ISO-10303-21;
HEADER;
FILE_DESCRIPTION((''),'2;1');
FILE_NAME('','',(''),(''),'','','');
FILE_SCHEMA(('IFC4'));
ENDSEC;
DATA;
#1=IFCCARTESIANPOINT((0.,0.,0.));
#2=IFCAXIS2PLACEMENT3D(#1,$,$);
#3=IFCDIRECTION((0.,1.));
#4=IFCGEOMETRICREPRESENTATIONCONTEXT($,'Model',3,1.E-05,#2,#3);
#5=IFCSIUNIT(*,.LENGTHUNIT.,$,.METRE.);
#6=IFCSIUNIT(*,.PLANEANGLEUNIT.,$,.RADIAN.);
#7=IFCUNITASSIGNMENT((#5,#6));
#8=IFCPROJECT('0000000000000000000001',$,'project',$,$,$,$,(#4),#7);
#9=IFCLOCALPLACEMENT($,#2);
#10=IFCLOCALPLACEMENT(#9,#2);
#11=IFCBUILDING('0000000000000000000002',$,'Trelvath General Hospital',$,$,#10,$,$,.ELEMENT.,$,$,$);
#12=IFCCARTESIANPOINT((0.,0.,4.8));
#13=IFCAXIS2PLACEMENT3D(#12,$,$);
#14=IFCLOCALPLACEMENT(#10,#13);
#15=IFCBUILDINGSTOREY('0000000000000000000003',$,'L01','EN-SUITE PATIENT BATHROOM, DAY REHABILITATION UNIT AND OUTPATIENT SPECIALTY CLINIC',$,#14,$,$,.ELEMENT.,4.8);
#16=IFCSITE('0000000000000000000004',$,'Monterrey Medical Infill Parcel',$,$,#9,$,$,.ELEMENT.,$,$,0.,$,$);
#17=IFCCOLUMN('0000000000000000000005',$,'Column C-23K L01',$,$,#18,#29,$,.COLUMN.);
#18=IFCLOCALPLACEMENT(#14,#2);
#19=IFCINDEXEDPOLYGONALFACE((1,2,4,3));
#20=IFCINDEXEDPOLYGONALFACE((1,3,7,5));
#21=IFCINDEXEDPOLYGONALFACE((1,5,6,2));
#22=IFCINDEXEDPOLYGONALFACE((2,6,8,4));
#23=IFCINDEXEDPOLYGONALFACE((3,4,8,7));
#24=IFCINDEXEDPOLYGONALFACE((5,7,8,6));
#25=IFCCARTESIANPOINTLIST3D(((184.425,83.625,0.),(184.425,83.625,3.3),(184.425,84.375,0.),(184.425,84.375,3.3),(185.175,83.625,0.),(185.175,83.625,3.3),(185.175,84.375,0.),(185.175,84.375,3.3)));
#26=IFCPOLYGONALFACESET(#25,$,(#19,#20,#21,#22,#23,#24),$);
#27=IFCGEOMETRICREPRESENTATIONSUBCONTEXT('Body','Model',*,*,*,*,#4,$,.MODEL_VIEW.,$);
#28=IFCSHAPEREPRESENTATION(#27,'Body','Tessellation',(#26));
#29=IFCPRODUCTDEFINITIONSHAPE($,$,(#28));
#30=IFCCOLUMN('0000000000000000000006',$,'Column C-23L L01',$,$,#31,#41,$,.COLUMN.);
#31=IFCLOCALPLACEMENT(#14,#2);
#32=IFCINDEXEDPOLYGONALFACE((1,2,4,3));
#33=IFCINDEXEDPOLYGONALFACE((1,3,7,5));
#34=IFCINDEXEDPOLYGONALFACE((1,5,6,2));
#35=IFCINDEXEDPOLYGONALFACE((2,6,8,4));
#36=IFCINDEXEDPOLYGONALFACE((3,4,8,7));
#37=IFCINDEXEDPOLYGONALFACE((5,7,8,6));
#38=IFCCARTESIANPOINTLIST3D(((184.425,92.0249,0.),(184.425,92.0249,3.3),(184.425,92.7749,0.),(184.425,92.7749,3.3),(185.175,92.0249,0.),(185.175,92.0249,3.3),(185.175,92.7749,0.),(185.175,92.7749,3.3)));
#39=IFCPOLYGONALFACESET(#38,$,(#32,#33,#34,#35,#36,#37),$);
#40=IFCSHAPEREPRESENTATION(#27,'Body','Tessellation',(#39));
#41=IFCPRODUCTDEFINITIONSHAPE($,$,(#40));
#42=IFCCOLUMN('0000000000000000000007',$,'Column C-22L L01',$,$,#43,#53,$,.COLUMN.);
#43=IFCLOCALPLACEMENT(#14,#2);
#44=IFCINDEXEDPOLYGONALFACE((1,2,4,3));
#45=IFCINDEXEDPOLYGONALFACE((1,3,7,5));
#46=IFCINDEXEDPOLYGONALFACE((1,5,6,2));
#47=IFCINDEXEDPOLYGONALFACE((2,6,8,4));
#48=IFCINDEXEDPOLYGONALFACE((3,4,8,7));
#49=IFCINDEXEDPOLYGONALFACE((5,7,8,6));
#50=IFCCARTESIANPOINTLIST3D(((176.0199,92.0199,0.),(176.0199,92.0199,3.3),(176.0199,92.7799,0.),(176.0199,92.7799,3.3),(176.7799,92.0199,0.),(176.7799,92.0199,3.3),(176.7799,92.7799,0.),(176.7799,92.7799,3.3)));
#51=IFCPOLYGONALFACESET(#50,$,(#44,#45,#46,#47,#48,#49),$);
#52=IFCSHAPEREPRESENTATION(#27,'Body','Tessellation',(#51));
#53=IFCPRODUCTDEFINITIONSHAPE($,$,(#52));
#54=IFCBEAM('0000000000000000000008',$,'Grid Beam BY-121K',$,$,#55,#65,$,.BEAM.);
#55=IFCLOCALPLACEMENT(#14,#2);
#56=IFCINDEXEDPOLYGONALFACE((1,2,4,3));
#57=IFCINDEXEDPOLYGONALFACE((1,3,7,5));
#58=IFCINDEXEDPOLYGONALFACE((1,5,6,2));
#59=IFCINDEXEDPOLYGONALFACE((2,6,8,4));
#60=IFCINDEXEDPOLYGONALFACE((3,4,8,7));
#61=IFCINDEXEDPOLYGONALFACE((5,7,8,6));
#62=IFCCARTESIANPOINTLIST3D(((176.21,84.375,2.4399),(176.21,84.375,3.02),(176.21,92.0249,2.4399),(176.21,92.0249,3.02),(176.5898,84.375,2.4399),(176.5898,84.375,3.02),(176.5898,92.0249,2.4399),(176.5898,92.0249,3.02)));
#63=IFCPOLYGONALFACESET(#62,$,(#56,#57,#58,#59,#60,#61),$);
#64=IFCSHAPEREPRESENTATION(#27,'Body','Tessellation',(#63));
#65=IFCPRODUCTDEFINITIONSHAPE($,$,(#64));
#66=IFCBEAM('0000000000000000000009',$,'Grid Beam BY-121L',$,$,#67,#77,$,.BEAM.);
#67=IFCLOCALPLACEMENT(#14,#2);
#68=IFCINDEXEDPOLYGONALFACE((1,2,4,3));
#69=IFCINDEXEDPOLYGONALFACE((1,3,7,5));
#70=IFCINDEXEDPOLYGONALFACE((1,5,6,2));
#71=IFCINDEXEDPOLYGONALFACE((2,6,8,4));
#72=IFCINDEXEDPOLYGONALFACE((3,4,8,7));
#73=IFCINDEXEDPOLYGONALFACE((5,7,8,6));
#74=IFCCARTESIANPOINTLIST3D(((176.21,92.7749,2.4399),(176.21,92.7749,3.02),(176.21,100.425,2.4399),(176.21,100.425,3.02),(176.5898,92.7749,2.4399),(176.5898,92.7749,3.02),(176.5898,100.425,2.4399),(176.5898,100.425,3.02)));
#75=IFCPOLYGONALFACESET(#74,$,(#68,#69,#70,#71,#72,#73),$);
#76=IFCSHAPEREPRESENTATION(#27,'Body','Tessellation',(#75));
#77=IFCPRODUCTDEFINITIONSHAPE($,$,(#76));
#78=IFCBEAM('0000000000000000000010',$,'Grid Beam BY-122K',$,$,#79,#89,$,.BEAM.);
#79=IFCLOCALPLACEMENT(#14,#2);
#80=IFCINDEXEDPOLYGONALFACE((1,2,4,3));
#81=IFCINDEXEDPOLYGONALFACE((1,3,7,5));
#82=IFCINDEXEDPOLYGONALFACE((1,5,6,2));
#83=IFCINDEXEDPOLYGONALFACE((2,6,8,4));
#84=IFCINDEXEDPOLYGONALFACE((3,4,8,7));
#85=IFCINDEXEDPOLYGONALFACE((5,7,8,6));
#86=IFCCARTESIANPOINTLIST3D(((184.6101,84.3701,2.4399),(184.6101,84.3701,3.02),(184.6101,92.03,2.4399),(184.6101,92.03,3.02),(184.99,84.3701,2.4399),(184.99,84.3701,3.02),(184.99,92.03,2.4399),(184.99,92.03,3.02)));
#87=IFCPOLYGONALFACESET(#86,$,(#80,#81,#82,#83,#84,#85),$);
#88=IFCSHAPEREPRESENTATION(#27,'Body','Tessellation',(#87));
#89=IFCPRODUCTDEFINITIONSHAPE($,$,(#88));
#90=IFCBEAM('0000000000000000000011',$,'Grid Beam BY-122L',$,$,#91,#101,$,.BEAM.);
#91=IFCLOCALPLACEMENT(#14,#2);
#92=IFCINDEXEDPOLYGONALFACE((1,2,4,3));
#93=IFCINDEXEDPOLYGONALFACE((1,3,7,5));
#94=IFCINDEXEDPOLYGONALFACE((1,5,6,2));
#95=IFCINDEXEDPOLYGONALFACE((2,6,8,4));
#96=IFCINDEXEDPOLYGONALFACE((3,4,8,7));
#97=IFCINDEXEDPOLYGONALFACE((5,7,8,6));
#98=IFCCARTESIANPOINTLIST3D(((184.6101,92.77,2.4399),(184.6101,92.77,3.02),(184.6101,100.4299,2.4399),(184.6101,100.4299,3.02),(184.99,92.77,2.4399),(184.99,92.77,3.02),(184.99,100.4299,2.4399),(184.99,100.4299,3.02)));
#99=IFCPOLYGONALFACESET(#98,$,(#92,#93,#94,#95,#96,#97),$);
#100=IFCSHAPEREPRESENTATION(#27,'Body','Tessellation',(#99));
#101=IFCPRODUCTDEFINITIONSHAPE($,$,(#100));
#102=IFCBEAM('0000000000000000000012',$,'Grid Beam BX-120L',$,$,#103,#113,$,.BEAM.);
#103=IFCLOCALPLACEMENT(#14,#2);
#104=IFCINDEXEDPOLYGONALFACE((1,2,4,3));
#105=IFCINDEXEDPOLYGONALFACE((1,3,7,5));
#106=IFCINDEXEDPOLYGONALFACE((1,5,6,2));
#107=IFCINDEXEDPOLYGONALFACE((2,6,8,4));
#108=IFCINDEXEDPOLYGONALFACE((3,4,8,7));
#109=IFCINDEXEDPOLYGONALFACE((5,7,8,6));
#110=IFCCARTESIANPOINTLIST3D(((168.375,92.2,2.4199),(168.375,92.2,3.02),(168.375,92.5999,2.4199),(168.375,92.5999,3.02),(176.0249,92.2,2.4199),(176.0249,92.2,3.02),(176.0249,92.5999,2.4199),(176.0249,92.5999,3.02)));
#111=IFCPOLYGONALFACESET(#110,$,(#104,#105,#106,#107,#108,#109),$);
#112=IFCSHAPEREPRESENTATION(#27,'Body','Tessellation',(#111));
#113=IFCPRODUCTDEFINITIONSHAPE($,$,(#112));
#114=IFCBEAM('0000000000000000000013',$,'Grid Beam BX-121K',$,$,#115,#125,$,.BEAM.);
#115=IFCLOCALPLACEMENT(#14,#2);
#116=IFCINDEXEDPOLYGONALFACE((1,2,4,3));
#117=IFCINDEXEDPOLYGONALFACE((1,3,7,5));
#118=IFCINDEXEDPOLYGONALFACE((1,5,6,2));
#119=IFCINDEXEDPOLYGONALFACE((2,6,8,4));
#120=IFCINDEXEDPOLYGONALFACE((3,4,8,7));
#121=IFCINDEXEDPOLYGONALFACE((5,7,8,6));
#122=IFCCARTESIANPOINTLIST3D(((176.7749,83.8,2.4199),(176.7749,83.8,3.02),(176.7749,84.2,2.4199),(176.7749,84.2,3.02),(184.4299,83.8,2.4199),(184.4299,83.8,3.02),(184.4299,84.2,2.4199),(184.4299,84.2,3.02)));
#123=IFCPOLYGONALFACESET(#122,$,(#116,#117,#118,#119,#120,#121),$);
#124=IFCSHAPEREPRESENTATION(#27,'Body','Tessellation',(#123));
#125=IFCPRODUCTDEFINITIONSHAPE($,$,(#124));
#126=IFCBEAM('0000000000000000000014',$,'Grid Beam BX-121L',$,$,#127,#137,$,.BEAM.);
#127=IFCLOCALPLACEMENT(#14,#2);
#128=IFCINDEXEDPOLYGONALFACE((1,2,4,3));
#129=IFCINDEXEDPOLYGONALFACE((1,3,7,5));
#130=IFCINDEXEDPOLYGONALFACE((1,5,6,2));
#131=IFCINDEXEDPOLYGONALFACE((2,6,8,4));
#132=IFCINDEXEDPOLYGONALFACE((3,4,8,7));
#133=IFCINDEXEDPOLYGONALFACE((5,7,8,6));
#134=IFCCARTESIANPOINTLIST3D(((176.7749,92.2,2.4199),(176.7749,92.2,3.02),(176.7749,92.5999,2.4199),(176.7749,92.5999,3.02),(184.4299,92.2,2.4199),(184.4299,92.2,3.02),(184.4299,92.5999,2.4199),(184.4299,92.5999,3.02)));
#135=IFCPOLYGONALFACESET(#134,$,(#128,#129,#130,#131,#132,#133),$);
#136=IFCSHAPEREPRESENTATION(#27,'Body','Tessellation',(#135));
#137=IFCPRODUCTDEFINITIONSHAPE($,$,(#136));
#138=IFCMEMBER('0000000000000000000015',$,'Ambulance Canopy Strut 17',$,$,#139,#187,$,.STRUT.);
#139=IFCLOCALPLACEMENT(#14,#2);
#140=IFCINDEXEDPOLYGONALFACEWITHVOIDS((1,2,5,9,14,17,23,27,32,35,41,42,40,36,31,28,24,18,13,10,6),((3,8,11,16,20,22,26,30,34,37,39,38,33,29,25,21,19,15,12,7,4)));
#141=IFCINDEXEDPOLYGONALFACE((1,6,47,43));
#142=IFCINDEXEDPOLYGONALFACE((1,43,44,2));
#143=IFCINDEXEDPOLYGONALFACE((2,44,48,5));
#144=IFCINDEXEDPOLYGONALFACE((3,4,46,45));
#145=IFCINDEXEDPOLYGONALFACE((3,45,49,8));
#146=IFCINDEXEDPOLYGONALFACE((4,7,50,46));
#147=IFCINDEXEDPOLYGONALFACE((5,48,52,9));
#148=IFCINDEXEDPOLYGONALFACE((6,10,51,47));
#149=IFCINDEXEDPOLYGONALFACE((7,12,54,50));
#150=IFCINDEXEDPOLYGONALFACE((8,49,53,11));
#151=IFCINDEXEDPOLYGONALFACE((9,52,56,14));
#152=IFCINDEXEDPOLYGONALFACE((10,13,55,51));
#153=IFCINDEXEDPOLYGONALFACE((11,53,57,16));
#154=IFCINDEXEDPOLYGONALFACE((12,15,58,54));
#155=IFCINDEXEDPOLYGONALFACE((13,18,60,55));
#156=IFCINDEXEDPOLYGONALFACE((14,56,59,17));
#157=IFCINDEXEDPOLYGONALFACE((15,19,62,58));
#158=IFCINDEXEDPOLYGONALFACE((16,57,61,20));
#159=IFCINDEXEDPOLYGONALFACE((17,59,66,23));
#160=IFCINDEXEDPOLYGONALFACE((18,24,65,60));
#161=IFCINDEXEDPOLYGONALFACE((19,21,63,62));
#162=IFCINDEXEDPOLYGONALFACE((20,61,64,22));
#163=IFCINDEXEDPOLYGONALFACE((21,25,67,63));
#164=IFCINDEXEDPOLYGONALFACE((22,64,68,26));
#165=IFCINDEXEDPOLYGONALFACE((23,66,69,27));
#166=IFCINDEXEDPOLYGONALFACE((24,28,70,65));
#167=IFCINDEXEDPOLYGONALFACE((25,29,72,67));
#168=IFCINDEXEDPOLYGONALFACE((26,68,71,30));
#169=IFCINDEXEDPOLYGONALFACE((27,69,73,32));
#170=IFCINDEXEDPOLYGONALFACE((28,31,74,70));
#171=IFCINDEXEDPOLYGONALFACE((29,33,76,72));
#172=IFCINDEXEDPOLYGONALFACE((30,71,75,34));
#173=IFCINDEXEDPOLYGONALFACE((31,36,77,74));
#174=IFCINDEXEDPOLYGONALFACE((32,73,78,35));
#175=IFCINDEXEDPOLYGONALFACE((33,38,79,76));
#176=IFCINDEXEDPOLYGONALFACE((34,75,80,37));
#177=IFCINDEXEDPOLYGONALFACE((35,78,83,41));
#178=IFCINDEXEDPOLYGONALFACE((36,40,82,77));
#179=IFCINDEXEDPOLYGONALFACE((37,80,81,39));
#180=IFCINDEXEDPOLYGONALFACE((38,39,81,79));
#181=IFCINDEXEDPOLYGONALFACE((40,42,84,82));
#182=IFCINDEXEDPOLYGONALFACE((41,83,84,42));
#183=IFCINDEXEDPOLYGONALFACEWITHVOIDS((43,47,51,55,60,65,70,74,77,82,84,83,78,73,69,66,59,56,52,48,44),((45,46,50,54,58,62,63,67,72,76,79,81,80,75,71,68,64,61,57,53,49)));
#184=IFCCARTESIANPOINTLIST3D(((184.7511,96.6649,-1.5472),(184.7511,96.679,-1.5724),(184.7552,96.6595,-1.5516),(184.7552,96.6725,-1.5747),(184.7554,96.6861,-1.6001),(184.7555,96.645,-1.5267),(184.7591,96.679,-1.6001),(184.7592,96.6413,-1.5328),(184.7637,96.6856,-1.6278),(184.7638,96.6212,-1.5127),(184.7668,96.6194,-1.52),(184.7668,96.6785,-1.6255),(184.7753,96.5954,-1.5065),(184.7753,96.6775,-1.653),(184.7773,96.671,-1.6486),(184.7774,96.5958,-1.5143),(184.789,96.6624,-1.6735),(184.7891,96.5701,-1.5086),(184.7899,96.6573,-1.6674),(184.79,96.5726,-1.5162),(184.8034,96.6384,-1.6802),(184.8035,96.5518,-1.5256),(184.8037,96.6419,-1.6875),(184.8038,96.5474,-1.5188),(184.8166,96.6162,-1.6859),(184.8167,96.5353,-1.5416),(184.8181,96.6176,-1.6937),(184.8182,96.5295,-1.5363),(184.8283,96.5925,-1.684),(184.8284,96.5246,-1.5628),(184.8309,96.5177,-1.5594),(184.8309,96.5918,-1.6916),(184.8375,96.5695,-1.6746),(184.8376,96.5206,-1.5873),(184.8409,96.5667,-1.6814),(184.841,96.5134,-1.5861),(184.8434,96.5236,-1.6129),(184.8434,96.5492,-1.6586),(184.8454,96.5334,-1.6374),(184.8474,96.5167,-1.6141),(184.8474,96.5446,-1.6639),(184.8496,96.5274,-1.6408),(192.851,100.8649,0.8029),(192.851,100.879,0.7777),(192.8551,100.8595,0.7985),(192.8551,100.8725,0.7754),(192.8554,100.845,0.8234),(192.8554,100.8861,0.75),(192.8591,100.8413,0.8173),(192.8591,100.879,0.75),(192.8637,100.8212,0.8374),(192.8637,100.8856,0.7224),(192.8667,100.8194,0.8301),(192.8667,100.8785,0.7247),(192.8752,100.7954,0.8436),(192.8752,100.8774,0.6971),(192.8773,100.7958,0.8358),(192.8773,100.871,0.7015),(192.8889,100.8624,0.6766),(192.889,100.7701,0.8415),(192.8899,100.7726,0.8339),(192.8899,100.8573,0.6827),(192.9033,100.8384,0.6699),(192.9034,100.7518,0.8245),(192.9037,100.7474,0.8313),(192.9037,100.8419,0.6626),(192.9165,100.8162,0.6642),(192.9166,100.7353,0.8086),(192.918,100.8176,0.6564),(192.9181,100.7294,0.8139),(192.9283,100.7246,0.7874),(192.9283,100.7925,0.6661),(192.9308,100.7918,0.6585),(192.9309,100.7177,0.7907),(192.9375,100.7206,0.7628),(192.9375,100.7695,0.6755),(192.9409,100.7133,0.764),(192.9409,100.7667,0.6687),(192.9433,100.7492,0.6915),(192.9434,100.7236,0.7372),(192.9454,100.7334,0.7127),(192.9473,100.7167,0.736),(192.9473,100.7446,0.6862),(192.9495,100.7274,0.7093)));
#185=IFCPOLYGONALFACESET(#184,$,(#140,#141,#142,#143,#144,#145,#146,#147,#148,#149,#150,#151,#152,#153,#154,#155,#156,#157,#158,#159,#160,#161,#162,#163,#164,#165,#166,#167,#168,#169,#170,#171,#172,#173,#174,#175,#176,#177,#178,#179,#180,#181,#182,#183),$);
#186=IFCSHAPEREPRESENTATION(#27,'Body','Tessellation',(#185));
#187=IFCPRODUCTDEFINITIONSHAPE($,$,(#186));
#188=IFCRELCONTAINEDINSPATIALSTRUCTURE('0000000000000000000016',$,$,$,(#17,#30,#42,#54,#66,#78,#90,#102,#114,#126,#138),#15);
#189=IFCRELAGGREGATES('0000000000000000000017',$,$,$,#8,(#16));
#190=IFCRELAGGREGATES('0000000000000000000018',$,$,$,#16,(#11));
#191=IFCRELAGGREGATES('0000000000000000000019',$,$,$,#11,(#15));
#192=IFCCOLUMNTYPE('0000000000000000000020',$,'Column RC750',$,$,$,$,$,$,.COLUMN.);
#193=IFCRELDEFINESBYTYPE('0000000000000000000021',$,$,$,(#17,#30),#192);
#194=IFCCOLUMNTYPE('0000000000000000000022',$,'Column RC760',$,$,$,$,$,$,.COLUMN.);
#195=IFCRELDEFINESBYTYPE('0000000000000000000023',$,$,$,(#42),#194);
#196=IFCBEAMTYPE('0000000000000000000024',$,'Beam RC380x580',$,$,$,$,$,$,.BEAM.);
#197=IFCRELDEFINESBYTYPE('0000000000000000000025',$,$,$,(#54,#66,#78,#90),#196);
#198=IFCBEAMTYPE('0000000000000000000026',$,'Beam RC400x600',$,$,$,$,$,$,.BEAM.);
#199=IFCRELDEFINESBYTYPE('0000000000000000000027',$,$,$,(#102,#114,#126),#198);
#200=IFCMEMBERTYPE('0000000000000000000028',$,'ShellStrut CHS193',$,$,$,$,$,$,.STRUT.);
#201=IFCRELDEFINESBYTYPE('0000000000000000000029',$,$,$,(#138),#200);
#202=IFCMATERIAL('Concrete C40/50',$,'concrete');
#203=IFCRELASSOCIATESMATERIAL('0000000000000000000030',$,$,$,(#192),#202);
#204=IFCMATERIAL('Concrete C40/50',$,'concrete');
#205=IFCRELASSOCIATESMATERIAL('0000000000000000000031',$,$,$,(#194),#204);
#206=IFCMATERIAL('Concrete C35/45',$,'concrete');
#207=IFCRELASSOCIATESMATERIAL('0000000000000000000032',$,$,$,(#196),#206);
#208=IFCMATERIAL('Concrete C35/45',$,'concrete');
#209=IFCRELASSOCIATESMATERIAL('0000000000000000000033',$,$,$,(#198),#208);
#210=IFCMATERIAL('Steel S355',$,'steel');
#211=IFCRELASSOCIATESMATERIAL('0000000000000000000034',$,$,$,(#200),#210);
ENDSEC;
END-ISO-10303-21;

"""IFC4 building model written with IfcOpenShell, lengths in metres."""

from ifc_helpers import new_model, si_unit, direction, frame, origin, origin_2d, place, context, subcontext, project, spatial, rectangle, hollow_circle, extrude, material, material_profile, profile_set, type_object, element, save


model = new_model("IFC4")

# Units and contexts
model_context = context("Model", 3, precision=1e-05, world=origin(), true_north=direction((0.0, 1.0)))
body_context = subcontext(model_context, "Body", "Model", "MODEL_VIEW")
ifc_project = project(units=[si_unit("LENGTHUNIT", "METRE"), si_unit("PLANEANGLEUNIT", "RADIAN")], contexts=[model_context])

# Site, building, storey
site_placement = place(None, origin())
site = spatial("IfcSite", under=ifc_project, at=site_placement, Name="Monterrey Medical Infill Parcel", CompositionType="ELEMENT", RefElevation=0.0)
building_placement = place(site_placement, origin())
building = spatial("IfcBuilding", under=site, at=building_placement, Name="Trelvath General Hospital", CompositionType="ELEMENT")
storey_placement = place(building_placement, frame((0.0, 0.0, 4.8)))
storey = spatial("IfcBuildingStorey", under=building, at=storey_placement, Name="L01", Description="EN-SUITE PATIENT BATHROOM, DAY REHABILITATION UNIT AND OUTPATIENT SPECIALTY CLINIC", CompositionType="ELEMENT", Elevation=4.8)

# Columns
ifc_material_1 = material(Name="Concrete C40/50", Category="concrete")
ifc_material_profile_1 = material_profile(ifc_material_1, rectangle(XDim=0.75, YDim=0.75, at=origin_2d()), Name="RC750x750")
ifc_profile_set_1 = profile_set([ifc_material_profile_1], Name="Concrete C40/50")
column_type_1 = type_object("IfcColumnType", Name="Column RC750", PredefinedType="COLUMN", material=ifc_profile_set_1)
for number, where, z_axis, x_axis, name in (
    (1, (184.8, 84.0, 0.0), (0.0, 0.0, 1.0), (1.0, 0.0, 0.0), "Column C-23K L01"),
    (2, (184.8, 92.3999, 0.0), (0.0, 0.0, 1.0), (1.0, 0.0, 0.0), "Column C-23L L01"),
):
    element("IfcColumn", number, at=place(storey_placement, frame(where, z_axis=z_axis, x_axis=x_axis)), inside=storey, type_object=column_type_1, Name=name, PredefinedType="COLUMN", context=body_context, shape_type="SweptSolid", body=[
        extrude(rectangle(XDim=0.75, YDim=0.75, at=origin_2d()), origin(), (0.0, 0.0, 1.0), 3.3),
    ])
ifc_material_2 = material(Name="Concrete C40/50", Category="concrete")
ifc_material_profile_2 = material_profile(ifc_material_2, rectangle(XDim=0.76, YDim=0.76, at=origin_2d()), Name="RC760x760")
ifc_profile_set_2 = profile_set([ifc_material_profile_2], Name="Concrete C40/50")
column_type_2 = type_object("IfcColumnType", Name="Column RC760", PredefinedType="COLUMN", material=ifc_profile_set_2)
column_placement = place(storey_placement, frame((176.3999, 92.3999, 0.0), z_axis=(0.0, 0.0, 1.0), x_axis=(1.0, 0.0, 0.0)))
element("IfcColumn", 3, at=column_placement, inside=storey, type_object=column_type_2, Name="Column C-22L L01", PredefinedType="COLUMN", context=body_context, shape_type="SweptSolid", body=[
    extrude(rectangle(XDim=0.76, YDim=0.76, at=origin_2d()), origin(), (0.0, 0.0, 1.0), 3.3),
])

# Beams
ifc_material_3 = material(Name="Concrete C35/45", Category="concrete")
ifc_material_profile_3 = material_profile(ifc_material_3, rectangle(XDim=0.3799, YDim=0.5801, at=origin_2d()), Name="RCB380x580")
ifc_profile_set_3 = profile_set([ifc_material_profile_3], Name="Concrete C35/45")
beam_type_1 = type_object("IfcBeamType", Name="Beam RC380x580", PredefinedType="BEAM", material=ifc_profile_set_3)
beam_1_placement = place(storey_placement, frame((176.3999, 84.375, 2.73), z_axis=(0.0, 1.0, 0.0), x_axis=(-1.0, 0.0, 0.0)))
element("IfcBeam", 4, at=beam_1_placement, inside=storey, type_object=beam_type_1, Name="Grid Beam BY-121K", PredefinedType="BEAM", context=body_context, shape_type="SweptSolid", body=[
    extrude(rectangle(XDim=0.3799, YDim=0.5801, at=origin_2d()), origin(), (0.0, 0.0, 1.0), 7.6499),
])
beam_2_placement = place(storey_placement, frame((176.3999, 92.7749, 2.73), z_axis=(0.0, 1.0, 0.0), x_axis=(-1.0, 0.0, 0.0)))
element("IfcBeam", 5, at=beam_2_placement, inside=storey, type_object=beam_type_1, Name="Grid Beam BY-121L", PredefinedType="BEAM", context=body_context, shape_type="SweptSolid", body=[
    extrude(rectangle(XDim=0.3799, YDim=0.5801, at=origin_2d()), origin(), (0.0, 0.0, 1.0), 7.6501),
])
for number, where, z_axis, x_axis, name in (
    (6, (184.8, 84.3701, 2.73), (0.0, 1.0, 0.0), (-1.0, 0.0, 0.0), "Grid Beam BY-122K"),
    (7, (184.8, 92.77, 2.73), (0.0, 1.0, 0.0), (-1.0, 0.0, 0.0), "Grid Beam BY-122L"),
):
    element("IfcBeam", number, at=place(storey_placement, frame(where, z_axis=z_axis, x_axis=x_axis)), inside=storey, type_object=beam_type_1, Name=name, PredefinedType="BEAM", context=body_context, shape_type="SweptSolid", body=[
        extrude(rectangle(XDim=0.3799, YDim=0.5801, at=origin_2d()), origin(), (0.0, 0.0, 1.0), 7.6599),
    ])
ifc_material_4 = material(Name="Concrete C35/45", Category="concrete")
ifc_material_profile_4 = material_profile(ifc_material_4, rectangle(XDim=0.3999, YDim=0.6001, at=origin_2d()), Name="RCB400x600")
ifc_profile_set_4 = profile_set([ifc_material_profile_4], Name="Concrete C35/45")
beam_type_2 = type_object("IfcBeamType", Name="Beam RC400x600", PredefinedType="BEAM", material=ifc_profile_set_4)
beam_3_placement = place(storey_placement, frame((168.375, 92.3999, 2.72), z_axis=(1.0, 0.0, 0.0), x_axis=(0.0, 1.0, 0.0)))
element("IfcBeam", 8, at=beam_3_placement, inside=storey, type_object=beam_type_2, Name="Grid Beam BX-120L", PredefinedType="BEAM", context=body_context, shape_type="SweptSolid", body=[
    extrude(rectangle(XDim=0.3999, YDim=0.6001, at=origin_2d()), origin(), (0.0, 0.0, 1.0), 7.6499),
])
for number, where, z_axis, x_axis, name in (
    (9, (176.7749, 84.0, 2.72), (1.0, 0.0, 0.0), (0.0, 1.0, 0.0), "Grid Beam BX-121K"),
    (10, (176.7749, 92.3999, 2.72), (1.0, 0.0, 0.0), (0.0, 1.0, 0.0), "Grid Beam BX-121L"),
):
    element("IfcBeam", number, at=place(storey_placement, frame(where, z_axis=z_axis, x_axis=x_axis)), inside=storey, type_object=beam_type_2, Name=name, PredefinedType="BEAM", context=body_context, shape_type="SweptSolid", body=[
        extrude(rectangle(XDim=0.3999, YDim=0.6001, at=origin_2d()), origin(), (0.0, 0.0, 1.0), 7.655),
    ])

# Member
ifc_material_5 = material(Name="Steel S355", Category="steel")
ifc_material_profile_5 = material_profile(ifc_material_5, hollow_circle(Radius=0.0969, WallThickness=0.0081, at=origin_2d()), Name="CHS193.7x8.0")
ifc_profile_set_5 = profile_set([ifc_material_profile_5], Name="Steel S355")
member_type = type_object("IfcMemberType", Name="ShellStrut CHS193", PredefinedType="STRUT", material=ifc_profile_set_5)
member_placement = place(storey_placement, frame((184.8, 96.6001, -1.6001), z_axis=(0.859693, 0.44577, 0.249432), x_axis=(-0.46032, 0.887753, 0.0)))
element("IfcMember", 11, at=member_placement, inside=storey, type_object=member_type, Name="Ambulance Canopy Strut 17", PredefinedType="STRUT", context=body_context, shape_type="SweptSolid", body=[
    extrude(hollow_circle(Radius=0.0969, WallThickness=0.0081, at=origin_2d()), origin(), (0.0, 0.0, 1.0), 9.4219),
])

save(model, "model.ifc")
